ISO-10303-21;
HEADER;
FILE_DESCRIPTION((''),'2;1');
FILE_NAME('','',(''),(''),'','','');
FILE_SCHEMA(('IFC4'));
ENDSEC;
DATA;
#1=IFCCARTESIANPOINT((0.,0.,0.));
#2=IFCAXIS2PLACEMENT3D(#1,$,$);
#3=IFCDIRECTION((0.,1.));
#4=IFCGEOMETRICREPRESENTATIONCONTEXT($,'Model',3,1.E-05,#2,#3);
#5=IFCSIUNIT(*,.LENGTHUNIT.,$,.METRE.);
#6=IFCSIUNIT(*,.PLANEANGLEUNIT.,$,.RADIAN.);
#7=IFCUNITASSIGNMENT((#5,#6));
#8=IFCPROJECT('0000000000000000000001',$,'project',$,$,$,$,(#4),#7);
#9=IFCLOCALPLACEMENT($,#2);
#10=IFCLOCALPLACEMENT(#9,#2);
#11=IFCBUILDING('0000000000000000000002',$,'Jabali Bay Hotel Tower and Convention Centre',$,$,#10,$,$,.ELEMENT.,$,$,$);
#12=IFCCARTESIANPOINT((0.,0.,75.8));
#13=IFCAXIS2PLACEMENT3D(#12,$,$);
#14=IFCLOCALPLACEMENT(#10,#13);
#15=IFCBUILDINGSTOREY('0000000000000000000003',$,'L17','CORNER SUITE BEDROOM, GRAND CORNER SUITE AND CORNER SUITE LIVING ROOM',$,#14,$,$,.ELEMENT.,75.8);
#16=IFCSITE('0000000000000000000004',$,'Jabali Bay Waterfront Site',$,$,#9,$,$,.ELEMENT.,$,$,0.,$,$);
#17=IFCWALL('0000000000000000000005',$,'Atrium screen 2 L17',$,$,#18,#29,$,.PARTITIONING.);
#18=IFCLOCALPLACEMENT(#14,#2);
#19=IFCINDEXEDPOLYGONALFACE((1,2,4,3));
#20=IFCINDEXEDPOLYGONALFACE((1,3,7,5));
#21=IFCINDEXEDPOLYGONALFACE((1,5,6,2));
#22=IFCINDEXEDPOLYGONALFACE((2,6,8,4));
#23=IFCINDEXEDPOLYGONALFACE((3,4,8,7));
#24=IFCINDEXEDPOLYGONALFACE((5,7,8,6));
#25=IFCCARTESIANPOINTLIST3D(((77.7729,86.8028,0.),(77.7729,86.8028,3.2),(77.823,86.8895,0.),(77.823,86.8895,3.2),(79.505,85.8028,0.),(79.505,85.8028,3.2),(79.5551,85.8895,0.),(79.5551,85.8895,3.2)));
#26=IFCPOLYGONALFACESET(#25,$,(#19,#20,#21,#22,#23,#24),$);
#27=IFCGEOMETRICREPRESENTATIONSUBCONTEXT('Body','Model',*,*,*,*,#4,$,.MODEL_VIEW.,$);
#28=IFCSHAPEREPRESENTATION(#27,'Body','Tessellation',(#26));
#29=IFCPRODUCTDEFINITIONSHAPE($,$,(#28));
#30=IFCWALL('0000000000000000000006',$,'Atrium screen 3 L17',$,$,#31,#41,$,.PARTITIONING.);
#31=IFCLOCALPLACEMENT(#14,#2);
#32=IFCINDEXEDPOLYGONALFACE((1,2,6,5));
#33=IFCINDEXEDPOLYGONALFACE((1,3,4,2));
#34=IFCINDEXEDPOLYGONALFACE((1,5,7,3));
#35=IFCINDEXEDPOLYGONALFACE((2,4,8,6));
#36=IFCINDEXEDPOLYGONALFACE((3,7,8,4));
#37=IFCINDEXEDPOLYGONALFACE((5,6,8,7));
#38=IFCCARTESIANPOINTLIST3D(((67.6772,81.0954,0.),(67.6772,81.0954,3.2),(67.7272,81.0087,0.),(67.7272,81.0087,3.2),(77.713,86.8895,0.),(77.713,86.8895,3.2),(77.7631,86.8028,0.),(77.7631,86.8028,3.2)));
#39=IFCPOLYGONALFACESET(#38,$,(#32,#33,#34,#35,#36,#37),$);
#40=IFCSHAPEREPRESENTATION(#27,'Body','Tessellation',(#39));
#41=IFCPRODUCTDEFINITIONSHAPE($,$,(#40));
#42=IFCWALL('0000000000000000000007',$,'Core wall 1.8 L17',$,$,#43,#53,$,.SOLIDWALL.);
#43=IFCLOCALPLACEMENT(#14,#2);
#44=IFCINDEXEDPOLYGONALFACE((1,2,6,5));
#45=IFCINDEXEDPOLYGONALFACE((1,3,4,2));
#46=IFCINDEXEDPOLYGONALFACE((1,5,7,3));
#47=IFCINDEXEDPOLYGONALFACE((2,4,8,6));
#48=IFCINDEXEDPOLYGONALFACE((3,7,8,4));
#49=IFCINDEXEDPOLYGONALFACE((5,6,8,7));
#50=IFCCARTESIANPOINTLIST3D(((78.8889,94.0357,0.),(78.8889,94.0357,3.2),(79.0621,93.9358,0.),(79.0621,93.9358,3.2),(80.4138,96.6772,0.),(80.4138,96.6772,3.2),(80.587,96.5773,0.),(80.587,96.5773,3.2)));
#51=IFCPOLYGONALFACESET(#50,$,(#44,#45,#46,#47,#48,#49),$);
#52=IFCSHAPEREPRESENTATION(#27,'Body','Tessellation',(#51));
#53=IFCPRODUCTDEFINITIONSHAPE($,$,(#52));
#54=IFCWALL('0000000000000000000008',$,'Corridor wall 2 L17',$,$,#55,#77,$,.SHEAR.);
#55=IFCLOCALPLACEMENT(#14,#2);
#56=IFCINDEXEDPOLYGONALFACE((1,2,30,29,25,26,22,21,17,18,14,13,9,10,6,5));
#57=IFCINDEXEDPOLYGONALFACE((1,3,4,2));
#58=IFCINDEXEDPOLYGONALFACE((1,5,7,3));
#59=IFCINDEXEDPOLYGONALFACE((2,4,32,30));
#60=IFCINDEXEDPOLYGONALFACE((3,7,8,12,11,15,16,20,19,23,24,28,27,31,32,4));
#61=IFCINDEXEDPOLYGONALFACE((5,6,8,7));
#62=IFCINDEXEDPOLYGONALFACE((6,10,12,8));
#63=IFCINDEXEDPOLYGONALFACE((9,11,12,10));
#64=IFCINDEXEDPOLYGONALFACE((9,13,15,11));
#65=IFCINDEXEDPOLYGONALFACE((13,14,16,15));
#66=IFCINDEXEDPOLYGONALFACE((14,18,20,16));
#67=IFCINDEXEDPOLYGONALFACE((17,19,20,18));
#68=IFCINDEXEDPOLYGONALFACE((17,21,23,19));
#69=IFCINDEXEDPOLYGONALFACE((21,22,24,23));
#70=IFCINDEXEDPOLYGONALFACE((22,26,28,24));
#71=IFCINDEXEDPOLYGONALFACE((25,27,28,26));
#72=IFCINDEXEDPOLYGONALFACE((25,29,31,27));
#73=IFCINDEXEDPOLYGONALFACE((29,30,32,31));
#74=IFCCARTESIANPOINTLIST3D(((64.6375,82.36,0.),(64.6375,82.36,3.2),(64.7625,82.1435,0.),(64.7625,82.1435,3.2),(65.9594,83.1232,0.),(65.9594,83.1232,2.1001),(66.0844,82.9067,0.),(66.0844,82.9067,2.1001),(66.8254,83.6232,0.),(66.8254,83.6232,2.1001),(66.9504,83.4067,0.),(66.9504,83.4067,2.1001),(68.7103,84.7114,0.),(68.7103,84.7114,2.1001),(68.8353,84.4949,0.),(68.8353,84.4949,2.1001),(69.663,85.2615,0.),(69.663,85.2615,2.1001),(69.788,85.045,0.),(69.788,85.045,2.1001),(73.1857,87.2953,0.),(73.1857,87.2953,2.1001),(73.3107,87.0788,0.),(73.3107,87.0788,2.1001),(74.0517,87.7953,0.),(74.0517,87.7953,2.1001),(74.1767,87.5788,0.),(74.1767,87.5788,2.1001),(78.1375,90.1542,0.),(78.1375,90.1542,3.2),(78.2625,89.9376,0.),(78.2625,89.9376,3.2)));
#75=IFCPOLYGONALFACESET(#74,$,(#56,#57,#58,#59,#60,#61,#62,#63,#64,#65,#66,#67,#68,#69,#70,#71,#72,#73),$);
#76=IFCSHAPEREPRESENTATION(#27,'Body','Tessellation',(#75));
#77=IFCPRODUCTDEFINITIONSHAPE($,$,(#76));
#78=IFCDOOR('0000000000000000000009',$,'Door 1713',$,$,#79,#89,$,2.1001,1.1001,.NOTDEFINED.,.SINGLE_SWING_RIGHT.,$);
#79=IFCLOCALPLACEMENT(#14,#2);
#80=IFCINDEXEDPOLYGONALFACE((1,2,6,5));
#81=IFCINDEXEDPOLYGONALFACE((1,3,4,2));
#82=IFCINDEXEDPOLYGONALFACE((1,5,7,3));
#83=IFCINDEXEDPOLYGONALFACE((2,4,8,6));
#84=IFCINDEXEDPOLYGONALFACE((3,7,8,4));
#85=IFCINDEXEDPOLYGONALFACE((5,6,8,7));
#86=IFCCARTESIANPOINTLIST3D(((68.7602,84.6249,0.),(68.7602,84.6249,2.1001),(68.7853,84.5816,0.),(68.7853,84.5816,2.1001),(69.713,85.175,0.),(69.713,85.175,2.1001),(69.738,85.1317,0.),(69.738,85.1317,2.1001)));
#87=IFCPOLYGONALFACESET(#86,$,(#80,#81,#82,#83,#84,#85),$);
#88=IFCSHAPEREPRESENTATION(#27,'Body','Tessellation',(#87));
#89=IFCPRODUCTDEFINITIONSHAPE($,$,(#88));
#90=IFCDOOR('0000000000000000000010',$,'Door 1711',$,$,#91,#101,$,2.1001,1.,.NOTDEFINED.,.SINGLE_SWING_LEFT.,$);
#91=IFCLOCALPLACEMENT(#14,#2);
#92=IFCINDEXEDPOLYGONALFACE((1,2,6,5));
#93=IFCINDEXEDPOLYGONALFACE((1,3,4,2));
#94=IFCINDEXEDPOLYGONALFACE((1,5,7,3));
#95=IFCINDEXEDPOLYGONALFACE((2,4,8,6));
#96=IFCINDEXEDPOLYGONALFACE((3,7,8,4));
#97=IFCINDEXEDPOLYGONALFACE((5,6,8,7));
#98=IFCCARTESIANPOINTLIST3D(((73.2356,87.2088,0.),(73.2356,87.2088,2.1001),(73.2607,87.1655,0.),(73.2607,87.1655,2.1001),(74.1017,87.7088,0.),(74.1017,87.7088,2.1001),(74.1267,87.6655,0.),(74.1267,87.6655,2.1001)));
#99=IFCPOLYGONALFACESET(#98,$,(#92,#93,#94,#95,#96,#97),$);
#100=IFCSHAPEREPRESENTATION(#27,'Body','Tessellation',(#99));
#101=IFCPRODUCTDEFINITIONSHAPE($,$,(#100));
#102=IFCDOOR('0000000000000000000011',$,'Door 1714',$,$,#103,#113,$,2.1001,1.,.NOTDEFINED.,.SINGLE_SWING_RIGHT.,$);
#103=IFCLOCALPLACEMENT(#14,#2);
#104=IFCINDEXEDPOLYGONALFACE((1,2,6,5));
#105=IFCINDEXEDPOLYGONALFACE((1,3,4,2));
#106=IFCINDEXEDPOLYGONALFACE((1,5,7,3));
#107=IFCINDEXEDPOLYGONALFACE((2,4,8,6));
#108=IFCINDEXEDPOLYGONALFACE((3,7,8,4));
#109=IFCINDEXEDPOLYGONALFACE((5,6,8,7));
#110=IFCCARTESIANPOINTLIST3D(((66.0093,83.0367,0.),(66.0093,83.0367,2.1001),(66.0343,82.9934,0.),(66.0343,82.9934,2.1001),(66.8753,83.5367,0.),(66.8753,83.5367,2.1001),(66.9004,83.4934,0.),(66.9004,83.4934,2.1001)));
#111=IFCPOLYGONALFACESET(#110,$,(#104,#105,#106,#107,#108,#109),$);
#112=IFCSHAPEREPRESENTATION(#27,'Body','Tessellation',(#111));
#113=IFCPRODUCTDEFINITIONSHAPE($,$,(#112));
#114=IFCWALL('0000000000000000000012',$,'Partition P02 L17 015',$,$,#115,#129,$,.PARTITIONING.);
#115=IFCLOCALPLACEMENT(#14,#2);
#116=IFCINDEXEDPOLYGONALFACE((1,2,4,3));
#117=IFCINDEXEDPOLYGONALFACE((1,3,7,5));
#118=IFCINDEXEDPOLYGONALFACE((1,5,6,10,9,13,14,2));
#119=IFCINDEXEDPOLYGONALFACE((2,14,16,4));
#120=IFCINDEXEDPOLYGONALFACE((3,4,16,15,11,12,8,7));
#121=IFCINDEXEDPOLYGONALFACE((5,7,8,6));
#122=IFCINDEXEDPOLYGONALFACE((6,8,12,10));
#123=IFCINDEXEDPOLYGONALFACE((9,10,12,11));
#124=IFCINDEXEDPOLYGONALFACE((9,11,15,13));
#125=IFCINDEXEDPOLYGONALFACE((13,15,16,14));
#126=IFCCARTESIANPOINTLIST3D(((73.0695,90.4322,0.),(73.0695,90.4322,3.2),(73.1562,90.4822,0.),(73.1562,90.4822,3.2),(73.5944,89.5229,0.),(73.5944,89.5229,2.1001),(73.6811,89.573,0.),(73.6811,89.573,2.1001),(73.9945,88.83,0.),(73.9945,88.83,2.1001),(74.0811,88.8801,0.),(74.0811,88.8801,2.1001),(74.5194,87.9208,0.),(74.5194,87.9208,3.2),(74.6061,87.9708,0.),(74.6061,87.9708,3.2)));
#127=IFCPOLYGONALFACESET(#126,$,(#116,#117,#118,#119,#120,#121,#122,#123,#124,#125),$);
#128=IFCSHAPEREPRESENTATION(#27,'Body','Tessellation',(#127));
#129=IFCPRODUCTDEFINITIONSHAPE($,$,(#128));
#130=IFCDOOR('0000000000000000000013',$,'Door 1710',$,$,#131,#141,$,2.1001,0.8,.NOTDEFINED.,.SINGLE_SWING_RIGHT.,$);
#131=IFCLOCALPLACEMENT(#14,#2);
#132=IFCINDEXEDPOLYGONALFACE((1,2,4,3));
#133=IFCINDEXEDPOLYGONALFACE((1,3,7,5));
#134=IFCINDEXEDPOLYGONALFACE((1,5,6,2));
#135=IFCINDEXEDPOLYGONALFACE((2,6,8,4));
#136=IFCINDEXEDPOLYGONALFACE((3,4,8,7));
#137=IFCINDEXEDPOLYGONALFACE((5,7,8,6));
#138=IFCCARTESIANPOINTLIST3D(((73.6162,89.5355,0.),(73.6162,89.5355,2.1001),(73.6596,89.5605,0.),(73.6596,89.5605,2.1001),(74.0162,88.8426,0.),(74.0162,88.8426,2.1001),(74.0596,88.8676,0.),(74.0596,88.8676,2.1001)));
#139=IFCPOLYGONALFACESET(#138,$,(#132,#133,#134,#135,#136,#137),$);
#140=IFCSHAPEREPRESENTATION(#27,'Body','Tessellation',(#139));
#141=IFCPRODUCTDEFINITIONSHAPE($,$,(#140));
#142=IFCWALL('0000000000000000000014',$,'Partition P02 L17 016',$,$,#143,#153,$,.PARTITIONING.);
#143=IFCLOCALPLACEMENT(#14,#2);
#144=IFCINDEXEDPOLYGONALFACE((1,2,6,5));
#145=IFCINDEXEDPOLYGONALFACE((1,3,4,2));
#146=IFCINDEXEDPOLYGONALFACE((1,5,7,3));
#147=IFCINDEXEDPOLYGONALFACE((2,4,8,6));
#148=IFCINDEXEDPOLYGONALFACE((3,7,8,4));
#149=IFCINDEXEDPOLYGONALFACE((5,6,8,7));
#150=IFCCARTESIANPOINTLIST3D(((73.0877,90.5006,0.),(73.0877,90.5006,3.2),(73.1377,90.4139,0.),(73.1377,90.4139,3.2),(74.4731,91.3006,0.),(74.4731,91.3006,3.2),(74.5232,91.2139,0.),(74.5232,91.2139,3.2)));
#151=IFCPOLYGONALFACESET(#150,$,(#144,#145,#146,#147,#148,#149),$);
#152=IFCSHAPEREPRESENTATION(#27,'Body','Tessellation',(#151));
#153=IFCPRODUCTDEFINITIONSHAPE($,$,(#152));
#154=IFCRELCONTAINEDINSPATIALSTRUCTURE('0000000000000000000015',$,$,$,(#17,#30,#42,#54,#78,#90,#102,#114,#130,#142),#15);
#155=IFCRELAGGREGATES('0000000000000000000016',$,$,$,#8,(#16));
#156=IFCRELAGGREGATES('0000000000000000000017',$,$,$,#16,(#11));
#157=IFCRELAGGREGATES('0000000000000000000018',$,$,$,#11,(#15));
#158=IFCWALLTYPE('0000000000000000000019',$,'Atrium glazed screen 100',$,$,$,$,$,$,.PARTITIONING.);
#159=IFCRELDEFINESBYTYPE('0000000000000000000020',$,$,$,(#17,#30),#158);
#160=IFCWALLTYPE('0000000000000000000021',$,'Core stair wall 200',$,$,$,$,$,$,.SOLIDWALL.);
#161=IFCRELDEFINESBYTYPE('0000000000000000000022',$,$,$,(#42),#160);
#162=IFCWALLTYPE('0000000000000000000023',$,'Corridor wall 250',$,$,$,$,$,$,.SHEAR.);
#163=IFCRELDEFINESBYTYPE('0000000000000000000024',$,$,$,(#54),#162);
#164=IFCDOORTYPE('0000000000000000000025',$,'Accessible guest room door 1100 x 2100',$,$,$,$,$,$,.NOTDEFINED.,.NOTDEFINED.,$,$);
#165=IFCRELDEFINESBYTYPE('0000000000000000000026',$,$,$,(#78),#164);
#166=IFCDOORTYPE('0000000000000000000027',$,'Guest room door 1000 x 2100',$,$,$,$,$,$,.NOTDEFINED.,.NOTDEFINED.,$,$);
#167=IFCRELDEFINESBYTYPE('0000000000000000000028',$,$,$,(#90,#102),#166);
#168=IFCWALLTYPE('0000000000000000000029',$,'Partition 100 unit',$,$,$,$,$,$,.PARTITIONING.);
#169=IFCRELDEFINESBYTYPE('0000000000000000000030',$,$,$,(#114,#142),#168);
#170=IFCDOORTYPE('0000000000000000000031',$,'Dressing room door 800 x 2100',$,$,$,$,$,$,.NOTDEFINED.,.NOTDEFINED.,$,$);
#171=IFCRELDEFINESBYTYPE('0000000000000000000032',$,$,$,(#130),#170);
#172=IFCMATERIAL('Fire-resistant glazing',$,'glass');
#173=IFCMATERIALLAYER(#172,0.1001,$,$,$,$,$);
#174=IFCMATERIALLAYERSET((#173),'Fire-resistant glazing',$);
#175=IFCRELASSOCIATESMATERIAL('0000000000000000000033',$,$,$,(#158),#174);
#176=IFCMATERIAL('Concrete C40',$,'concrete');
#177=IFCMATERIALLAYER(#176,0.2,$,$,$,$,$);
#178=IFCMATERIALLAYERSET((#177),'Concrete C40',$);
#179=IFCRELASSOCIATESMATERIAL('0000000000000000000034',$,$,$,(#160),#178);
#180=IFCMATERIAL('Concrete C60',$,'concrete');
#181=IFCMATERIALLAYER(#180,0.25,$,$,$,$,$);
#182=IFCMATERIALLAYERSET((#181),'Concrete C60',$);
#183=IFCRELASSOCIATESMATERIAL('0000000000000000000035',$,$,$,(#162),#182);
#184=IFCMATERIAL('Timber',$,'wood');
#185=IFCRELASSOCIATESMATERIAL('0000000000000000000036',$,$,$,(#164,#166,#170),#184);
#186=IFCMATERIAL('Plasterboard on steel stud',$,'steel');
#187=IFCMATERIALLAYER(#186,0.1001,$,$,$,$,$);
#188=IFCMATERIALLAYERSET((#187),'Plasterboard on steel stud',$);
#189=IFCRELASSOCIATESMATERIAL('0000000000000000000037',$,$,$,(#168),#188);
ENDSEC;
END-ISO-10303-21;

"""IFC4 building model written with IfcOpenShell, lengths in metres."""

from ifc_helpers import new_model, si_unit, direction, frame, frame_2d, origin, place, context, subcontext, project, spatial, rectangle, extrude, material, layer, layer_set, type_object, element, fill, save


model = new_model("IFC4")

# Units and contexts
model_context = context("Model", 3, precision=1e-05, world=origin(), true_north=direction((0.0, 1.0)))
body_context = subcontext(model_context, "Body", "Model", "MODEL_VIEW")
ifc_project = project(units=[si_unit("LENGTHUNIT", "METRE"), si_unit("PLANEANGLEUNIT", "RADIAN")], contexts=[model_context])

# Site, building, storey
site_placement = place(None, origin())
site = spatial("IfcSite", under=ifc_project, at=site_placement, Name="Jabali Bay Waterfront Site", CompositionType="ELEMENT", RefElevation=0.0)
building_placement = place(site_placement, origin())
building = spatial("IfcBuilding", under=site, at=building_placement, Name="Jabali Bay Hotel Tower and Convention Centre", CompositionType="ELEMENT")
storey_placement = place(building_placement, frame((0.0, 0.0, 75.8)))
storey = spatial("IfcBuildingStorey", under=building, at=storey_placement, Name="L17", Description="CORNER SUITE BEDROOM, GRAND CORNER SUITE AND CORNER SUITE LIVING ROOM", CompositionType="ELEMENT", Elevation=75.8)

# Walls
ifc_material_1 = material(Name="Fire-resistant glazing", Category="glass")
ifc_layer_1 = layer(ifc_material_1, 0.1001)
ifc_layer_set_1 = layer_set([ifc_layer_1], Name="Fire-resistant glazing")
wall_type_1 = type_object("IfcWallType", Name="Atrium glazed screen 100", PredefinedType="PARTITIONING", material=ifc_layer_set_1)
wall_1_placement = place(storey_placement, frame((79.53, 85.8462, 0.0), z_axis=(0.0, 0.0, 1.0), x_axis=(-0.866041, 0.499973, 0.0)))
element("IfcWall", 1, at=wall_1_placement, inside=storey, type_object=wall_type_1, Name="Atrium screen 2 L17", PredefinedType="PARTITIONING", context=body_context, shape_type="SweptSolid", body=[
    extrude(rectangle(XDim=2.0, YDim=0.1001, at=frame_2d((1.0, 0.0))), origin(), (0.0, 0.0, 1.0), 3.2),
])
wall_2_placement = place(storey_placement, frame((77.738, 86.8462, 0.0), z_axis=(0.0, 0.0, 1.0), x_axis=(-0.866027, -0.499998, 0.0)))
element("IfcWall", 2, at=wall_2_placement, inside=storey, type_object=wall_type_1, Name="Atrium screen 3 L17", PredefinedType="PARTITIONING", context=body_context, shape_type="SweptSolid", body=[
    extrude(rectangle(XDim=11.5884, YDim=0.1001, at=frame_2d((5.7942, 0.0))), origin(), (0.0, 0.0, 1.0), 3.2),
])
ifc_material_2 = material(Name="Concrete C40", Category="concrete")
ifc_layer_2 = layer(ifc_material_2, 0.2)
ifc_layer_set_2 = layer_set([ifc_layer_2], Name="Concrete C40")
wall_type_2 = type_object("IfcWallType", Name="Core stair wall 200", PredefinedType="SOLIDWALL", material=ifc_layer_set_2)
wall_3_placement = place(storey_placement, frame((78.9756, 93.9858, 0.0), z_axis=(0.0, 0.0, 1.0), x_axis=(0.499944, 0.866058, 0.0)))
element("IfcWall", 3, at=wall_3_placement, inside=storey, type_object=wall_type_2, Name="Core wall 1.8 L17", PredefinedType="SOLIDWALL", context=body_context, shape_type="SweptSolid", body=[
    extrude(rectangle(XDim=3.05, YDim=0.2, at=frame_2d((1.5249, 0.0))), origin(), (0.0, 0.0, 1.0), 3.2),
])

# Wall, openings, doors
ifc_material_3 = material(Name="Concrete C60", Category="concrete")
ifc_layer_3 = layer(ifc_material_3, 0.25)
ifc_layer_set_3 = layer_set([ifc_layer_3], Name="Concrete C60")
wall_type_3 = type_object("IfcWallType", Name="Corridor wall 250", PredefinedType="SHEAR", material=ifc_layer_set_3)
wall_4_placement = place(storey_placement, frame((78.2, 90.0459, 0.0), z_axis=(0.0, 0.0, 1.0), x_axis=(-0.866026, -0.499998, 0.0)))
wall_4 = element("IfcWall", 4, at=wall_4_placement, inside=storey, type_object=wall_type_3, Name="Corridor wall 2 L17", PredefinedType="SHEAR", context=body_context, shape_type="SweptSolid", body=[
    extrude(rectangle(XDim=15.5884, YDim=0.25, at=frame_2d((7.7942, 0.0))), origin(), (0.0, 0.0, 1.0), 3.2),
])
opening_1_placement = place(wall_4_placement, frame((4.7178, 0.0, 0.0)))
opening_1 = element("IfcOpeningElement", 5, at=opening_1_placement, cuts=wall_4, PredefinedType="OPENING", context=body_context, shape_type="SweptSolid", body=[
    extrude(rectangle(XDim=1.0, YDim=2.1001, at=frame_2d((0.5, 1.05))), frame((0.0, 0.1355, 0.0), z_axis=(0.0, -1.0, 0.0), x_axis=(1.0, 0.0, 0.0)), (0.0, 0.0, 1.0), 0.271),
])
opening_2_placement = place(wall_4_placement, frame((9.7854, 0.0, 0.0)))
opening_2 = element("IfcOpeningElement", 6, at=opening_2_placement, cuts=wall_4, PredefinedType="OPENING", context=body_context, shape_type="SweptSolid", body=[
    extrude(rectangle(XDim=1.1001, YDim=2.1001, at=frame_2d((0.55, 1.05))), frame((0.0, 0.1355, 0.0), z_axis=(0.0, -1.0, 0.0), x_axis=(1.0, 0.0, 0.0)), (0.0, 0.0, 1.0), 0.271),
])
opening_3_placement = place(wall_4_placement, frame((13.062, 0.0, 0.0)))
opening_3 = element("IfcOpeningElement", 7, at=opening_3_placement, cuts=wall_4, PredefinedType="OPENING", context=body_context, shape_type="SweptSolid", body=[
    extrude(rectangle(XDim=1.0, YDim=2.1001, at=frame_2d((0.5, 1.05))), frame((0.0, 0.1355, 0.0), z_axis=(0.0, -1.0, 0.0), x_axis=(1.0, 0.0, 0.0)), (0.0, 0.0, 1.0), 0.271),
])
ifc_material_4 = material(Name="Timber", Category="wood")
door_type_1 = type_object("IfcDoorType", Name="Accessible guest room door 1100 x 2100", OperationType="NOTDEFINED", PredefinedType="NOTDEFINED", material=ifc_material_4)
door_1_placement = place(opening_2_placement, origin())
door_1 = element("IfcDoor", 8, at=door_1_placement, inside=storey, type_object=door_type_1, Name="Door 1713", OperationType="SINGLE_SWING_RIGHT", OverallHeight=2.1001, OverallWidth=1.1001, PredefinedType="NOTDEFINED", context=body_context, shape_type="SweptSolid", body=[
    extrude(rectangle(XDim=1.1001, YDim=2.1001, at=frame_2d((0.55, 1.05))), frame((0.0, 0.0249, 0.0), z_axis=(0.0, -1.0, 0.0), x_axis=(1.0, 0.0, 0.0)), (0.0, 0.0, 1.0), 0.05),
])
fill(opening_2, door_1)
door_type_2 = type_object("IfcDoorType", Name="Guest room door 1000 x 2100", OperationType="NOTDEFINED", PredefinedType="NOTDEFINED", material=ifc_material_4)
door_2_placement = place(opening_1_placement, origin())
door_2 = element("IfcDoor", 9, at=door_2_placement, inside=storey, type_object=door_type_2, Name="Door 1711", OperationType="SINGLE_SWING_LEFT", OverallHeight=2.1001, OverallWidth=1.0, PredefinedType="NOTDEFINED", context=body_context, shape_type="SweptSolid", body=[
    extrude(rectangle(XDim=1.0, YDim=2.1001, at=frame_2d((0.5, 1.05))), frame((0.0, 0.0249, 0.0), z_axis=(0.0, -1.0, 0.0), x_axis=(1.0, 0.0, 0.0)), (0.0, 0.0, 1.0), 0.05),
])
fill(opening_1, door_2)
door_3_placement = place(opening_3_placement, origin())
door_3 = element("IfcDoor", 10, at=door_3_placement, inside=storey, type_object=door_type_2, Name="Door 1714", OperationType="SINGLE_SWING_RIGHT", OverallHeight=2.1001, OverallWidth=1.0, PredefinedType="NOTDEFINED", context=body_context, shape_type="SweptSolid", body=[
    extrude(rectangle(XDim=1.0, YDim=2.1001, at=frame_2d((0.5, 1.05))), frame((0.0, 0.0249, 0.0), z_axis=(0.0, -1.0, 0.0), x_axis=(1.0, 0.0, 0.0)), (0.0, 0.0, 1.0), 0.05),
])
fill(opening_3, door_3)

# Wall, opening, door
ifc_material_5 = material(Name="Plasterboard on steel stud", Category="steel")
ifc_layer_4 = layer(ifc_material_5, 0.1001)
ifc_layer_set_4 = layer_set([ifc_layer_4], Name="Plasterboard on steel stud")
wall_type_4 = type_object("IfcWallType", Name="Partition 100 unit", PredefinedType="PARTITIONING", material=ifc_layer_set_4)
wall_5_placement = place(storey_placement, frame((74.5627, 87.9458, 0.0), z_axis=(0.0, 0.0, 1.0), x_axis=(-0.499987, 0.866033, 0.0)))
wall_5 = element("IfcWall", 11, at=wall_5_placement, inside=storey, type_object=wall_type_4, Name="Partition P02 L17 015", PredefinedType="PARTITIONING", context=body_context, shape_type="SweptSolid", body=[
    extrude(rectangle(XDim=2.8999, YDim=0.1001, at=frame_2d((1.45, 0.0))), origin(), (0.0, 0.0, 1.0), 3.2),
])
opening_4_placement = place(wall_5_placement, frame((1.05, 0.0, 0.0)))
opening_4 = element("IfcOpeningElement", 12, at=opening_4_placement, cuts=wall_5, PredefinedType="OPENING", context=body_context, shape_type="SweptSolid", body=[
    extrude(rectangle(XDim=0.8, YDim=2.1001, at=frame_2d((0.3999, 1.05))), frame((0.0, 0.0605, 0.0), z_axis=(0.0, -1.0, 0.0), x_axis=(1.0, 0.0, 0.0)), (0.0, 0.0, 1.0), 0.1211),
])
door_type_3 = type_object("IfcDoorType", Name="Dressing room door 800 x 2100", OperationType="NOTDEFINED", PredefinedType="NOTDEFINED", material=ifc_material_4)
door_4_placement = place(opening_4_placement, origin())
door_4 = element("IfcDoor", 13, at=door_4_placement, inside=storey, type_object=door_type_3, Name="Door 1710", OperationType="SINGLE_SWING_RIGHT", OverallHeight=2.1001, OverallWidth=0.8, PredefinedType="NOTDEFINED", context=body_context, shape_type="SweptSolid", body=[
    extrude(rectangle(XDim=0.8, YDim=2.1001, at=frame_2d((0.3999, 1.05))), frame((0.0, 0.0249, 0.0), z_axis=(0.0, -1.0, 0.0), x_axis=(1.0, 0.0, 0.0)), (0.0, 0.0, 1.0), 0.05),
])
fill(opening_4, door_4)

# Wall
wall_6_placement = place(storey_placement, frame((73.1128, 90.4573, 0.0), z_axis=(0.0, 0.0, 1.0), x_axis=(0.86599, 0.500061, 0.0)))
element("IfcWall", 14, at=wall_6_placement, inside=storey, type_object=wall_type_4, Name="Partition P02 L17 016", PredefinedType="PARTITIONING", context=body_context, shape_type="SweptSolid", body=[
    extrude(rectangle(XDim=1.5999, YDim=0.1001, at=frame_2d((0.7998, 0.0))), origin(), (0.0, 0.0, 1.0), 3.2),
])

save(model, "model.ifc")
